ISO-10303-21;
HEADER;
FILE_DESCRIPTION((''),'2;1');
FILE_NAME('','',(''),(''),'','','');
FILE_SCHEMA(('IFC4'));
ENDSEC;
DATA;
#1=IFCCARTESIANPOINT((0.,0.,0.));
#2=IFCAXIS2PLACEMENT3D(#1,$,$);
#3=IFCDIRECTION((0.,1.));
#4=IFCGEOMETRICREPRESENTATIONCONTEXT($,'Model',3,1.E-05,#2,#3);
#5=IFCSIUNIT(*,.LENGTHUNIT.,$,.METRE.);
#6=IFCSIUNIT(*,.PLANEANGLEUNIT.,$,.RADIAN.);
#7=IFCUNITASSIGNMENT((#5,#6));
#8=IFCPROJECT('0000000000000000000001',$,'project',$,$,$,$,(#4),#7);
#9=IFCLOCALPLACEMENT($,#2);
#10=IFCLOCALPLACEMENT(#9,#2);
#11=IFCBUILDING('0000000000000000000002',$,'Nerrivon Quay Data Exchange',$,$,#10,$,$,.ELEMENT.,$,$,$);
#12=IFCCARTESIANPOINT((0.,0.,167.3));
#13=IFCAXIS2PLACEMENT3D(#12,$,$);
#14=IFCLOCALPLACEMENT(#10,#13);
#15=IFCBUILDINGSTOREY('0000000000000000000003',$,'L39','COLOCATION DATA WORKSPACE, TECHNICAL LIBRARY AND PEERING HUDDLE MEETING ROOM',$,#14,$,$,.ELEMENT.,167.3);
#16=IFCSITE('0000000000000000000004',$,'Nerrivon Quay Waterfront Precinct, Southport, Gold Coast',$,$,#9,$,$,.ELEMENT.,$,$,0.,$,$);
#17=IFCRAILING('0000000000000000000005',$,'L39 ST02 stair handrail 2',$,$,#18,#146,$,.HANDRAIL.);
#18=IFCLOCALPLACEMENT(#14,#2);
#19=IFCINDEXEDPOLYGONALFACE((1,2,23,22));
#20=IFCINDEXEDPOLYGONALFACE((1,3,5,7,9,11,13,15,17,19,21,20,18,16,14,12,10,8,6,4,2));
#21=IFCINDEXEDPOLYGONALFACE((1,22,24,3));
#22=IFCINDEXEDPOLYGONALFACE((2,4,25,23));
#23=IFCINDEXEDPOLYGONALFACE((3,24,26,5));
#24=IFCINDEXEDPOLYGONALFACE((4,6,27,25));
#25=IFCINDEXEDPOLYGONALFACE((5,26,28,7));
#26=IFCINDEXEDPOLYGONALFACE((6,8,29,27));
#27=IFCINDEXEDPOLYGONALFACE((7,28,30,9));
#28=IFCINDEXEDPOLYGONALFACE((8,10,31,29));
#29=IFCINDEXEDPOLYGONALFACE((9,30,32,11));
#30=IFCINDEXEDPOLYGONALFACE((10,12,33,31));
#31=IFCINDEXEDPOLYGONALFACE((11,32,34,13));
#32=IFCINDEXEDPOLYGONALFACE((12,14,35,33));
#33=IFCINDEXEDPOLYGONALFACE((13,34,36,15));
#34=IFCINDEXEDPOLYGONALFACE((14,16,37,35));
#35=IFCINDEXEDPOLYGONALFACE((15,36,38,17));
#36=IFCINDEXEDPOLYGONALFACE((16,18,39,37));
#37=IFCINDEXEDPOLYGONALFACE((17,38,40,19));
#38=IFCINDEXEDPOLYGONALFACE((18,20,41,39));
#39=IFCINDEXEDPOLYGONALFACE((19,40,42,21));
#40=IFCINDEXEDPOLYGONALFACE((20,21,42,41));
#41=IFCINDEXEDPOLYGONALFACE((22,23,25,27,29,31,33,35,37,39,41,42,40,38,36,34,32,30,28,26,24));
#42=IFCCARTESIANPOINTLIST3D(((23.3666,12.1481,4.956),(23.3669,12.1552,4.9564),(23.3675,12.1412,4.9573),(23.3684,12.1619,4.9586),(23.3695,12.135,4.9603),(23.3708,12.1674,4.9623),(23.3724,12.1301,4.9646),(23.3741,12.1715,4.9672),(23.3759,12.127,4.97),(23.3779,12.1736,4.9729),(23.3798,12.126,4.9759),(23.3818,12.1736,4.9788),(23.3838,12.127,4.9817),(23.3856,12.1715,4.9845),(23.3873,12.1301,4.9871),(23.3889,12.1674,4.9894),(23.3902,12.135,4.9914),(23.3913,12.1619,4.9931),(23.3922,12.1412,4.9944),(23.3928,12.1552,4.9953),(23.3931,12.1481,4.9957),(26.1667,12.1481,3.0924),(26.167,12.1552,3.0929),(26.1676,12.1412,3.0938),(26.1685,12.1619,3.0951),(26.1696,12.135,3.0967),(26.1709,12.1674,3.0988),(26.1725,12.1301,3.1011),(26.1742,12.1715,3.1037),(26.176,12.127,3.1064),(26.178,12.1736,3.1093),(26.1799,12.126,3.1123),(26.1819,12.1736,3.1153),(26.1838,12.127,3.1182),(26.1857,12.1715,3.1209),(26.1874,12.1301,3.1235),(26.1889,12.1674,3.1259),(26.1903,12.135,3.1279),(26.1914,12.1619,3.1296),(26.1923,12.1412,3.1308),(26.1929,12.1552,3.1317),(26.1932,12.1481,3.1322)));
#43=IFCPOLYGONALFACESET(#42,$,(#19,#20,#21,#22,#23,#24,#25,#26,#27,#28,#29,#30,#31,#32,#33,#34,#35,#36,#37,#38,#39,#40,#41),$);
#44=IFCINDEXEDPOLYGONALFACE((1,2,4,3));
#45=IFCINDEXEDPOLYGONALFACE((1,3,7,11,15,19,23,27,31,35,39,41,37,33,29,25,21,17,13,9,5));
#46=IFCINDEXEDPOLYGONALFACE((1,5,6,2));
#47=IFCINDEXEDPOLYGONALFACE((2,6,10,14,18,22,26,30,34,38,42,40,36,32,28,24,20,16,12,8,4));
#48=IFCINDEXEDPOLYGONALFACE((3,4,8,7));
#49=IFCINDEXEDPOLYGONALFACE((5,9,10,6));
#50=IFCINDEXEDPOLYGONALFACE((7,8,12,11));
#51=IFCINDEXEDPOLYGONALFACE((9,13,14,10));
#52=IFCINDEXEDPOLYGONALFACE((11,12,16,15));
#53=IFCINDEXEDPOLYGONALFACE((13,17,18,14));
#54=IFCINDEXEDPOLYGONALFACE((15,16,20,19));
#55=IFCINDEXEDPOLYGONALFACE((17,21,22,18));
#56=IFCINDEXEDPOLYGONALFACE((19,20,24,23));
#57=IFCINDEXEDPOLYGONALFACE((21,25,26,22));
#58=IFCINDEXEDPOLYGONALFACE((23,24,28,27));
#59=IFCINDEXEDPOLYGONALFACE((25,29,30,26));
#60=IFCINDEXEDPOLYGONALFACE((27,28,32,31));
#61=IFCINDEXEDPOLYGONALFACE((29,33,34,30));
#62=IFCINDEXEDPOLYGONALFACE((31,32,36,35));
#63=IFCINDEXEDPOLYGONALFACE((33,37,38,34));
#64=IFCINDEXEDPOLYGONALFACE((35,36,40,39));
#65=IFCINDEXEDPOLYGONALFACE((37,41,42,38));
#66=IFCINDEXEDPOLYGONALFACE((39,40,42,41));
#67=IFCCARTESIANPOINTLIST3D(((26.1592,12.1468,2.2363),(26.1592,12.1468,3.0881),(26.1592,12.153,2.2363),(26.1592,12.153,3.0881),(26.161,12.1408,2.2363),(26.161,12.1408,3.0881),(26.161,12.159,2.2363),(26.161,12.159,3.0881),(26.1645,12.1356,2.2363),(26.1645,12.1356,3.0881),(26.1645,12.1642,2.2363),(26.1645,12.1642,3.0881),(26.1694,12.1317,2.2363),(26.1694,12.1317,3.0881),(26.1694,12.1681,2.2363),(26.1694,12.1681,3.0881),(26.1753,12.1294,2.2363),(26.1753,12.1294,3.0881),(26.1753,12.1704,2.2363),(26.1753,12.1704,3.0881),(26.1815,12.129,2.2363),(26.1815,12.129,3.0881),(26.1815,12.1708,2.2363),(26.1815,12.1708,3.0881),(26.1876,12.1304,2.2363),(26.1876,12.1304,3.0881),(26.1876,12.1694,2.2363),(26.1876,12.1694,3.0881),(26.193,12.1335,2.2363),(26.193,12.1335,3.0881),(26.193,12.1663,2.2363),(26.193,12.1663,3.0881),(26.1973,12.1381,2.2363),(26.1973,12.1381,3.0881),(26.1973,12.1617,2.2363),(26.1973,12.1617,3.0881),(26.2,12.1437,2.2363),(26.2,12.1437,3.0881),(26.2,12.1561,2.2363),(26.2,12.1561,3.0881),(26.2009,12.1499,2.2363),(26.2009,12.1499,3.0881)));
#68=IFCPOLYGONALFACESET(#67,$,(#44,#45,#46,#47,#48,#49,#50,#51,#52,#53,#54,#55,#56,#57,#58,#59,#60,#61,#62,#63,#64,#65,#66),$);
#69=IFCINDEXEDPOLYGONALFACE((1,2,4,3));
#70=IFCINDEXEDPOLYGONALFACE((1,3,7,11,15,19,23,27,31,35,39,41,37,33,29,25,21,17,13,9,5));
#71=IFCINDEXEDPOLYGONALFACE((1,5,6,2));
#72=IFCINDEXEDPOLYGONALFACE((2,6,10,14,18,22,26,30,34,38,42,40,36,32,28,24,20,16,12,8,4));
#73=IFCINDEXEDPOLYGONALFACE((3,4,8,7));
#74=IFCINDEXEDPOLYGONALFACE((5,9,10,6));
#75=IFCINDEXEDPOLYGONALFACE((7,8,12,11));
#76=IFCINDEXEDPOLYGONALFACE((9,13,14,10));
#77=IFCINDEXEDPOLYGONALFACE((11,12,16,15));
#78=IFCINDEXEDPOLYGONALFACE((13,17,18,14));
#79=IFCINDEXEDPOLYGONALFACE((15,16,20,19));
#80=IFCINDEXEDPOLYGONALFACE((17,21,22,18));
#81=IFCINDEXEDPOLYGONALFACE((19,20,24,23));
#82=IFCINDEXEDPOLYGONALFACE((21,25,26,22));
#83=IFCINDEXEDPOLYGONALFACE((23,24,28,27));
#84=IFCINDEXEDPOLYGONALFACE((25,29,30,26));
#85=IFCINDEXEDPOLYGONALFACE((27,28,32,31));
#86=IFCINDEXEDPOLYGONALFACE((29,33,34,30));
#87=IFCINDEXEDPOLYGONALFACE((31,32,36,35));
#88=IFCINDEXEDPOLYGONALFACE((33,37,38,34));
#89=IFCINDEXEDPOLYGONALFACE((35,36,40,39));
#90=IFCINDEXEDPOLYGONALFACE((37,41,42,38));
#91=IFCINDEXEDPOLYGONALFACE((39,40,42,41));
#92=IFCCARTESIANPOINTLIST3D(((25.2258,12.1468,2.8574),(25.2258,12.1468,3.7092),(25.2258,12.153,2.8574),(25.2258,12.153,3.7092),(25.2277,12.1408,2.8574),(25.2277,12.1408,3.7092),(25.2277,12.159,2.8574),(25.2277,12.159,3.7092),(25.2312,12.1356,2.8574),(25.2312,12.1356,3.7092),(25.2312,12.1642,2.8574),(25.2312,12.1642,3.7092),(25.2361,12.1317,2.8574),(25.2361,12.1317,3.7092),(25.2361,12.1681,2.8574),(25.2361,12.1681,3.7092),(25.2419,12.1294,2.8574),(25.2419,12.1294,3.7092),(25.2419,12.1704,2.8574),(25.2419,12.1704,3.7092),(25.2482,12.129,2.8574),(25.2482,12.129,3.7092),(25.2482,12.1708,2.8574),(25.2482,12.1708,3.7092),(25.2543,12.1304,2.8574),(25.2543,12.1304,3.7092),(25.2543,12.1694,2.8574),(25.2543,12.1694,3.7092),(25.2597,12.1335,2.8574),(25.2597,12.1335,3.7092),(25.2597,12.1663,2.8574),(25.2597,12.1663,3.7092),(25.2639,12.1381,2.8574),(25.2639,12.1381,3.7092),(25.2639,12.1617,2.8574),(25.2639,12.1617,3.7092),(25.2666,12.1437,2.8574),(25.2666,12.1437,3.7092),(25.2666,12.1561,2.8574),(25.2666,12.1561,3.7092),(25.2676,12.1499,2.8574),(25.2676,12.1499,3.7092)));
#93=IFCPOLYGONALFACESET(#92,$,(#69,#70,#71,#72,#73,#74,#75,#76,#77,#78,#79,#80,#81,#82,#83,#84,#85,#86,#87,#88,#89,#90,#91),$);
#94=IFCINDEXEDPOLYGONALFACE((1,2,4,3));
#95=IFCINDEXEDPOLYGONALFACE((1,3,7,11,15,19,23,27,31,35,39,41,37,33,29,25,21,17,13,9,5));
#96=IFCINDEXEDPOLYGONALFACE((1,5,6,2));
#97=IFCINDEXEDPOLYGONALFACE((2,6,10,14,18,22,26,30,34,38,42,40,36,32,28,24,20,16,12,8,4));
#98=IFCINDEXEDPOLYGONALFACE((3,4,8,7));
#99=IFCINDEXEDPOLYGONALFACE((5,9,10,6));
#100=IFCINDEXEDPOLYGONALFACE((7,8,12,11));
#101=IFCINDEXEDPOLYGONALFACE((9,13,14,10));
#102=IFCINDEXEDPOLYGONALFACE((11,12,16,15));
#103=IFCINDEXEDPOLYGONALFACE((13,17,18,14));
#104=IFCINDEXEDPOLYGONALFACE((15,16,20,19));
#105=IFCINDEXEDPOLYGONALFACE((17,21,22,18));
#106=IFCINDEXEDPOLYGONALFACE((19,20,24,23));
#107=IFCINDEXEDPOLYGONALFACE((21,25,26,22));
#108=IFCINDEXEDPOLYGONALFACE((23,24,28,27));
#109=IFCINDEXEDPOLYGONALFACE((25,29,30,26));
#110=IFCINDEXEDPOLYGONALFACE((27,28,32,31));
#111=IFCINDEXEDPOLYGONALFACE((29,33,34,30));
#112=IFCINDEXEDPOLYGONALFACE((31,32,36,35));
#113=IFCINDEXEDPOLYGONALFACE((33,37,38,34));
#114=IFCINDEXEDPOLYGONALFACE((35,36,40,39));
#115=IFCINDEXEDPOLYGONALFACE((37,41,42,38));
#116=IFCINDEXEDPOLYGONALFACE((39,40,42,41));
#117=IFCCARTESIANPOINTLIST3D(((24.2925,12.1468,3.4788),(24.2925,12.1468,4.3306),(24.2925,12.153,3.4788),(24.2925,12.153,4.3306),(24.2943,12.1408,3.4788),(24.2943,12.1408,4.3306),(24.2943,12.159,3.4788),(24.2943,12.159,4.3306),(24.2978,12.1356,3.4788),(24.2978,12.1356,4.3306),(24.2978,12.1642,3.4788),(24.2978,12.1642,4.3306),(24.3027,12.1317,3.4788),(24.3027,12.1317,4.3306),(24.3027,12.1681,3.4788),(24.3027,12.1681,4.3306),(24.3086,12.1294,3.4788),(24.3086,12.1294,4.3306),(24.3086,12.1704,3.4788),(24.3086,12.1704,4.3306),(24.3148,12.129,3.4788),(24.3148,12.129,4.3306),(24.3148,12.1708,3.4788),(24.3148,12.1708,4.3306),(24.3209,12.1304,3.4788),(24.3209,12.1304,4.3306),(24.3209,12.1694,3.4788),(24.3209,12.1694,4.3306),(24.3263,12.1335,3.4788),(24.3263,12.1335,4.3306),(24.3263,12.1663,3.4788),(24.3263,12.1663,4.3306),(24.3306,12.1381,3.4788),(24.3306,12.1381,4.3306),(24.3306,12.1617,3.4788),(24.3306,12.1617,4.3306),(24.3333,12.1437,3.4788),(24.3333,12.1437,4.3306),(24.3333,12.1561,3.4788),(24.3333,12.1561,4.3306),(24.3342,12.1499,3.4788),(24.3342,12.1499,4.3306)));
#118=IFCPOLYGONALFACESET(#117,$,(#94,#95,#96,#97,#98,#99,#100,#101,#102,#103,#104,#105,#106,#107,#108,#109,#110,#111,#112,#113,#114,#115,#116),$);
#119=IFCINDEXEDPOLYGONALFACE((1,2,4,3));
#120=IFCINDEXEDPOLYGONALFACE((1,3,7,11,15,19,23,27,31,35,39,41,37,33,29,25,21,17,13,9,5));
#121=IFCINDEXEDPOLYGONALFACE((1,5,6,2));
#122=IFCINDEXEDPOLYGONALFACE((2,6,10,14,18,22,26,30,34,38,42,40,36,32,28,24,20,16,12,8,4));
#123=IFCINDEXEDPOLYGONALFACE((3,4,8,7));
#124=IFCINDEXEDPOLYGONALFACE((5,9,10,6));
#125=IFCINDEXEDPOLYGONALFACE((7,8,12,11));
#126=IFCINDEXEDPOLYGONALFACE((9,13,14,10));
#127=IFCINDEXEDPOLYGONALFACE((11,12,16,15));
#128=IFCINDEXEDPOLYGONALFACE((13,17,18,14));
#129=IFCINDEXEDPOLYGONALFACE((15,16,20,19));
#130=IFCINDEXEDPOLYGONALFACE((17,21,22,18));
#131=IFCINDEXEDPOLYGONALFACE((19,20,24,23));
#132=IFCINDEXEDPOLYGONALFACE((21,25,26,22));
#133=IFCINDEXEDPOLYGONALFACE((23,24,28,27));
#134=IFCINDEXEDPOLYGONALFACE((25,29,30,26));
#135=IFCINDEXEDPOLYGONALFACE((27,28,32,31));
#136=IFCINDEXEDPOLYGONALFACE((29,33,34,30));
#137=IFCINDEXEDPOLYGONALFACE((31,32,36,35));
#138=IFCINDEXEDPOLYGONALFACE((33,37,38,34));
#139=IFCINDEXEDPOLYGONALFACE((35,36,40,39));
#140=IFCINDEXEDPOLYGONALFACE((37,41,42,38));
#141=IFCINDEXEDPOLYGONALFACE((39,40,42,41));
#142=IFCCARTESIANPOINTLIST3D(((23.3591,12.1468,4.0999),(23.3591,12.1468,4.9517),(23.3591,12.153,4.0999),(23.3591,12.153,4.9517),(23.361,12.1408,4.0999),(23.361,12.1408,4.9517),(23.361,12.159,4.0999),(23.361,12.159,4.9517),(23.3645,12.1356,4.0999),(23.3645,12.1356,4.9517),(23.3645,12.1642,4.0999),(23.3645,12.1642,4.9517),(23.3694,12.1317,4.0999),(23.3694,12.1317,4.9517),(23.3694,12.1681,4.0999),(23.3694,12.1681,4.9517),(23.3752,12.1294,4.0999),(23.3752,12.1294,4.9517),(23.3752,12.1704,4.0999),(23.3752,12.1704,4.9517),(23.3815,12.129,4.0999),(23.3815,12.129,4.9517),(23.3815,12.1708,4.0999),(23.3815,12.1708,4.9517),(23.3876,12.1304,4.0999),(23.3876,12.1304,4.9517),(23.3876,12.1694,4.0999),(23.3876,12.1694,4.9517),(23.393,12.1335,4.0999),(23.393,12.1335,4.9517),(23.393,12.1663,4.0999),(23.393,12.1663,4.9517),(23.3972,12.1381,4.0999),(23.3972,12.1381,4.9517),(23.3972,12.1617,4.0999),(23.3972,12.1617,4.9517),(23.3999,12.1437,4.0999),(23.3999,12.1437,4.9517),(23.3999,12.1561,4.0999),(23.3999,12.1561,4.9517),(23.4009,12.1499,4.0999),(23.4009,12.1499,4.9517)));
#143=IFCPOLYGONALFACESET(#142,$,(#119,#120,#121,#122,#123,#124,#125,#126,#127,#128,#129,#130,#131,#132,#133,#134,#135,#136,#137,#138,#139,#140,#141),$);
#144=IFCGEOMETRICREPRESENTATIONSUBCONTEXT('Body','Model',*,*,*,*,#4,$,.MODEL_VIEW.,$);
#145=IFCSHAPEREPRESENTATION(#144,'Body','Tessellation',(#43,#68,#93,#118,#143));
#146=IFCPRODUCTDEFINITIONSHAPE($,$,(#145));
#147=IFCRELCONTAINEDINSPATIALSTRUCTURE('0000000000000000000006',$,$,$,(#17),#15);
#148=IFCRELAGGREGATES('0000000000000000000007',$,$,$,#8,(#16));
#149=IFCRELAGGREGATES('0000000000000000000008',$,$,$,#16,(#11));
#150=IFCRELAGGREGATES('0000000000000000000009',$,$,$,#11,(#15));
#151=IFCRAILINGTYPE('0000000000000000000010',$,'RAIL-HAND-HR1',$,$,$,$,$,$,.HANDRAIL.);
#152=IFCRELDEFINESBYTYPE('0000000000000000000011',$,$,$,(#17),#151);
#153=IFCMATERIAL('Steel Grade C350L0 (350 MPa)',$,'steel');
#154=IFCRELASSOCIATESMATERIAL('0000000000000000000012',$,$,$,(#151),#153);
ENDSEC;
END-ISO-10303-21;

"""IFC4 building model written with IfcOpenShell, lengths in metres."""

from ifc_helpers import new_model, si_unit, direction, frame, origin, origin_2d, place, context, subcontext, project, spatial, circle, extrude, material, type_object, element, save


model = new_model("IFC4")

# Units and contexts
model_context = context("Model", 3, precision=1e-05, world=origin(), true_north=direction((0.0, 1.0)))
body_context = subcontext(model_context, "Body", "Model", "MODEL_VIEW")
ifc_project = project(units=[si_unit("LENGTHUNIT", "METRE"), si_unit("PLANEANGLEUNIT", "RADIAN")], contexts=[model_context])

# Site, building, storey
site_placement = place(None, origin())
site = spatial("IfcSite", under=ifc_project, at=site_placement, Name="Nerrivon Quay Waterfront Precinct, Southport, Gold Coast", CompositionType="ELEMENT", RefElevation=0.0)
building_placement = place(site_placement, origin())
building = spatial("IfcBuilding", under=site, at=building_placement, Name="Nerrivon Quay Data Exchange", CompositionType="ELEMENT")
storey_placement = place(building_placement, frame((0.0, 0.0, 167.3)))
storey = spatial("IfcBuildingStorey", under=building, at=storey_placement, Name="L39", Description="COLOCATION DATA WORKSPACE, TECHNICAL LIBRARY AND PEERING HUDDLE MEETING ROOM", CompositionType="ELEMENT", Elevation=167.3)

# Shared definitions
ifc_material_1 = material(Name="Steel Grade C350L0 (350 MPa)", Category="steel")

# Railing
railing_type_1 = type_object("IfcRailingType", Name="RAIL-HAND-HR1", PredefinedType="HANDRAIL", material=ifc_material_1)
railing_1_placement = place(storey_placement, frame((26.1799, 12.1499, 2.2363)))
element("IfcRailing", 1, at=railing_1_placement, inside=storey, type_object=railing_type_1, Name="L39 ST02 stair handrail 2", PredefinedType="HANDRAIL", context=body_context, shape_type="SweptSolid", body=[
    extrude(circle(Radius=0.0239, at=origin_2d()), frame((0.0, 0.0, 0.876), z_axis=(-0.832486, 0.0, 0.554047), x_axis=(0.0, -1.0, 0.0)), (0.0, 0.0, 1.0), 3.3635),
    extrude(circle(Radius=0.021, at=origin_2d()), origin(), (0.0, 0.0, 1.0), 0.8518),
    extrude(circle(Radius=0.021, at=origin_2d()), frame((-0.9333, 0.0, 0.6211)), (0.0, 0.0, 1.0), 0.8518),
    extrude(circle(Radius=0.021, at=origin_2d()), frame((-1.8667, 0.0, 1.2424)), (0.0, 0.0, 1.0), 0.8518),
    extrude(circle(Radius=0.021, at=origin_2d()), frame((-2.8, 0.0, 1.8635)), (0.0, 0.0, 1.0), 0.8518),
])

save(model, "model.ifc")
